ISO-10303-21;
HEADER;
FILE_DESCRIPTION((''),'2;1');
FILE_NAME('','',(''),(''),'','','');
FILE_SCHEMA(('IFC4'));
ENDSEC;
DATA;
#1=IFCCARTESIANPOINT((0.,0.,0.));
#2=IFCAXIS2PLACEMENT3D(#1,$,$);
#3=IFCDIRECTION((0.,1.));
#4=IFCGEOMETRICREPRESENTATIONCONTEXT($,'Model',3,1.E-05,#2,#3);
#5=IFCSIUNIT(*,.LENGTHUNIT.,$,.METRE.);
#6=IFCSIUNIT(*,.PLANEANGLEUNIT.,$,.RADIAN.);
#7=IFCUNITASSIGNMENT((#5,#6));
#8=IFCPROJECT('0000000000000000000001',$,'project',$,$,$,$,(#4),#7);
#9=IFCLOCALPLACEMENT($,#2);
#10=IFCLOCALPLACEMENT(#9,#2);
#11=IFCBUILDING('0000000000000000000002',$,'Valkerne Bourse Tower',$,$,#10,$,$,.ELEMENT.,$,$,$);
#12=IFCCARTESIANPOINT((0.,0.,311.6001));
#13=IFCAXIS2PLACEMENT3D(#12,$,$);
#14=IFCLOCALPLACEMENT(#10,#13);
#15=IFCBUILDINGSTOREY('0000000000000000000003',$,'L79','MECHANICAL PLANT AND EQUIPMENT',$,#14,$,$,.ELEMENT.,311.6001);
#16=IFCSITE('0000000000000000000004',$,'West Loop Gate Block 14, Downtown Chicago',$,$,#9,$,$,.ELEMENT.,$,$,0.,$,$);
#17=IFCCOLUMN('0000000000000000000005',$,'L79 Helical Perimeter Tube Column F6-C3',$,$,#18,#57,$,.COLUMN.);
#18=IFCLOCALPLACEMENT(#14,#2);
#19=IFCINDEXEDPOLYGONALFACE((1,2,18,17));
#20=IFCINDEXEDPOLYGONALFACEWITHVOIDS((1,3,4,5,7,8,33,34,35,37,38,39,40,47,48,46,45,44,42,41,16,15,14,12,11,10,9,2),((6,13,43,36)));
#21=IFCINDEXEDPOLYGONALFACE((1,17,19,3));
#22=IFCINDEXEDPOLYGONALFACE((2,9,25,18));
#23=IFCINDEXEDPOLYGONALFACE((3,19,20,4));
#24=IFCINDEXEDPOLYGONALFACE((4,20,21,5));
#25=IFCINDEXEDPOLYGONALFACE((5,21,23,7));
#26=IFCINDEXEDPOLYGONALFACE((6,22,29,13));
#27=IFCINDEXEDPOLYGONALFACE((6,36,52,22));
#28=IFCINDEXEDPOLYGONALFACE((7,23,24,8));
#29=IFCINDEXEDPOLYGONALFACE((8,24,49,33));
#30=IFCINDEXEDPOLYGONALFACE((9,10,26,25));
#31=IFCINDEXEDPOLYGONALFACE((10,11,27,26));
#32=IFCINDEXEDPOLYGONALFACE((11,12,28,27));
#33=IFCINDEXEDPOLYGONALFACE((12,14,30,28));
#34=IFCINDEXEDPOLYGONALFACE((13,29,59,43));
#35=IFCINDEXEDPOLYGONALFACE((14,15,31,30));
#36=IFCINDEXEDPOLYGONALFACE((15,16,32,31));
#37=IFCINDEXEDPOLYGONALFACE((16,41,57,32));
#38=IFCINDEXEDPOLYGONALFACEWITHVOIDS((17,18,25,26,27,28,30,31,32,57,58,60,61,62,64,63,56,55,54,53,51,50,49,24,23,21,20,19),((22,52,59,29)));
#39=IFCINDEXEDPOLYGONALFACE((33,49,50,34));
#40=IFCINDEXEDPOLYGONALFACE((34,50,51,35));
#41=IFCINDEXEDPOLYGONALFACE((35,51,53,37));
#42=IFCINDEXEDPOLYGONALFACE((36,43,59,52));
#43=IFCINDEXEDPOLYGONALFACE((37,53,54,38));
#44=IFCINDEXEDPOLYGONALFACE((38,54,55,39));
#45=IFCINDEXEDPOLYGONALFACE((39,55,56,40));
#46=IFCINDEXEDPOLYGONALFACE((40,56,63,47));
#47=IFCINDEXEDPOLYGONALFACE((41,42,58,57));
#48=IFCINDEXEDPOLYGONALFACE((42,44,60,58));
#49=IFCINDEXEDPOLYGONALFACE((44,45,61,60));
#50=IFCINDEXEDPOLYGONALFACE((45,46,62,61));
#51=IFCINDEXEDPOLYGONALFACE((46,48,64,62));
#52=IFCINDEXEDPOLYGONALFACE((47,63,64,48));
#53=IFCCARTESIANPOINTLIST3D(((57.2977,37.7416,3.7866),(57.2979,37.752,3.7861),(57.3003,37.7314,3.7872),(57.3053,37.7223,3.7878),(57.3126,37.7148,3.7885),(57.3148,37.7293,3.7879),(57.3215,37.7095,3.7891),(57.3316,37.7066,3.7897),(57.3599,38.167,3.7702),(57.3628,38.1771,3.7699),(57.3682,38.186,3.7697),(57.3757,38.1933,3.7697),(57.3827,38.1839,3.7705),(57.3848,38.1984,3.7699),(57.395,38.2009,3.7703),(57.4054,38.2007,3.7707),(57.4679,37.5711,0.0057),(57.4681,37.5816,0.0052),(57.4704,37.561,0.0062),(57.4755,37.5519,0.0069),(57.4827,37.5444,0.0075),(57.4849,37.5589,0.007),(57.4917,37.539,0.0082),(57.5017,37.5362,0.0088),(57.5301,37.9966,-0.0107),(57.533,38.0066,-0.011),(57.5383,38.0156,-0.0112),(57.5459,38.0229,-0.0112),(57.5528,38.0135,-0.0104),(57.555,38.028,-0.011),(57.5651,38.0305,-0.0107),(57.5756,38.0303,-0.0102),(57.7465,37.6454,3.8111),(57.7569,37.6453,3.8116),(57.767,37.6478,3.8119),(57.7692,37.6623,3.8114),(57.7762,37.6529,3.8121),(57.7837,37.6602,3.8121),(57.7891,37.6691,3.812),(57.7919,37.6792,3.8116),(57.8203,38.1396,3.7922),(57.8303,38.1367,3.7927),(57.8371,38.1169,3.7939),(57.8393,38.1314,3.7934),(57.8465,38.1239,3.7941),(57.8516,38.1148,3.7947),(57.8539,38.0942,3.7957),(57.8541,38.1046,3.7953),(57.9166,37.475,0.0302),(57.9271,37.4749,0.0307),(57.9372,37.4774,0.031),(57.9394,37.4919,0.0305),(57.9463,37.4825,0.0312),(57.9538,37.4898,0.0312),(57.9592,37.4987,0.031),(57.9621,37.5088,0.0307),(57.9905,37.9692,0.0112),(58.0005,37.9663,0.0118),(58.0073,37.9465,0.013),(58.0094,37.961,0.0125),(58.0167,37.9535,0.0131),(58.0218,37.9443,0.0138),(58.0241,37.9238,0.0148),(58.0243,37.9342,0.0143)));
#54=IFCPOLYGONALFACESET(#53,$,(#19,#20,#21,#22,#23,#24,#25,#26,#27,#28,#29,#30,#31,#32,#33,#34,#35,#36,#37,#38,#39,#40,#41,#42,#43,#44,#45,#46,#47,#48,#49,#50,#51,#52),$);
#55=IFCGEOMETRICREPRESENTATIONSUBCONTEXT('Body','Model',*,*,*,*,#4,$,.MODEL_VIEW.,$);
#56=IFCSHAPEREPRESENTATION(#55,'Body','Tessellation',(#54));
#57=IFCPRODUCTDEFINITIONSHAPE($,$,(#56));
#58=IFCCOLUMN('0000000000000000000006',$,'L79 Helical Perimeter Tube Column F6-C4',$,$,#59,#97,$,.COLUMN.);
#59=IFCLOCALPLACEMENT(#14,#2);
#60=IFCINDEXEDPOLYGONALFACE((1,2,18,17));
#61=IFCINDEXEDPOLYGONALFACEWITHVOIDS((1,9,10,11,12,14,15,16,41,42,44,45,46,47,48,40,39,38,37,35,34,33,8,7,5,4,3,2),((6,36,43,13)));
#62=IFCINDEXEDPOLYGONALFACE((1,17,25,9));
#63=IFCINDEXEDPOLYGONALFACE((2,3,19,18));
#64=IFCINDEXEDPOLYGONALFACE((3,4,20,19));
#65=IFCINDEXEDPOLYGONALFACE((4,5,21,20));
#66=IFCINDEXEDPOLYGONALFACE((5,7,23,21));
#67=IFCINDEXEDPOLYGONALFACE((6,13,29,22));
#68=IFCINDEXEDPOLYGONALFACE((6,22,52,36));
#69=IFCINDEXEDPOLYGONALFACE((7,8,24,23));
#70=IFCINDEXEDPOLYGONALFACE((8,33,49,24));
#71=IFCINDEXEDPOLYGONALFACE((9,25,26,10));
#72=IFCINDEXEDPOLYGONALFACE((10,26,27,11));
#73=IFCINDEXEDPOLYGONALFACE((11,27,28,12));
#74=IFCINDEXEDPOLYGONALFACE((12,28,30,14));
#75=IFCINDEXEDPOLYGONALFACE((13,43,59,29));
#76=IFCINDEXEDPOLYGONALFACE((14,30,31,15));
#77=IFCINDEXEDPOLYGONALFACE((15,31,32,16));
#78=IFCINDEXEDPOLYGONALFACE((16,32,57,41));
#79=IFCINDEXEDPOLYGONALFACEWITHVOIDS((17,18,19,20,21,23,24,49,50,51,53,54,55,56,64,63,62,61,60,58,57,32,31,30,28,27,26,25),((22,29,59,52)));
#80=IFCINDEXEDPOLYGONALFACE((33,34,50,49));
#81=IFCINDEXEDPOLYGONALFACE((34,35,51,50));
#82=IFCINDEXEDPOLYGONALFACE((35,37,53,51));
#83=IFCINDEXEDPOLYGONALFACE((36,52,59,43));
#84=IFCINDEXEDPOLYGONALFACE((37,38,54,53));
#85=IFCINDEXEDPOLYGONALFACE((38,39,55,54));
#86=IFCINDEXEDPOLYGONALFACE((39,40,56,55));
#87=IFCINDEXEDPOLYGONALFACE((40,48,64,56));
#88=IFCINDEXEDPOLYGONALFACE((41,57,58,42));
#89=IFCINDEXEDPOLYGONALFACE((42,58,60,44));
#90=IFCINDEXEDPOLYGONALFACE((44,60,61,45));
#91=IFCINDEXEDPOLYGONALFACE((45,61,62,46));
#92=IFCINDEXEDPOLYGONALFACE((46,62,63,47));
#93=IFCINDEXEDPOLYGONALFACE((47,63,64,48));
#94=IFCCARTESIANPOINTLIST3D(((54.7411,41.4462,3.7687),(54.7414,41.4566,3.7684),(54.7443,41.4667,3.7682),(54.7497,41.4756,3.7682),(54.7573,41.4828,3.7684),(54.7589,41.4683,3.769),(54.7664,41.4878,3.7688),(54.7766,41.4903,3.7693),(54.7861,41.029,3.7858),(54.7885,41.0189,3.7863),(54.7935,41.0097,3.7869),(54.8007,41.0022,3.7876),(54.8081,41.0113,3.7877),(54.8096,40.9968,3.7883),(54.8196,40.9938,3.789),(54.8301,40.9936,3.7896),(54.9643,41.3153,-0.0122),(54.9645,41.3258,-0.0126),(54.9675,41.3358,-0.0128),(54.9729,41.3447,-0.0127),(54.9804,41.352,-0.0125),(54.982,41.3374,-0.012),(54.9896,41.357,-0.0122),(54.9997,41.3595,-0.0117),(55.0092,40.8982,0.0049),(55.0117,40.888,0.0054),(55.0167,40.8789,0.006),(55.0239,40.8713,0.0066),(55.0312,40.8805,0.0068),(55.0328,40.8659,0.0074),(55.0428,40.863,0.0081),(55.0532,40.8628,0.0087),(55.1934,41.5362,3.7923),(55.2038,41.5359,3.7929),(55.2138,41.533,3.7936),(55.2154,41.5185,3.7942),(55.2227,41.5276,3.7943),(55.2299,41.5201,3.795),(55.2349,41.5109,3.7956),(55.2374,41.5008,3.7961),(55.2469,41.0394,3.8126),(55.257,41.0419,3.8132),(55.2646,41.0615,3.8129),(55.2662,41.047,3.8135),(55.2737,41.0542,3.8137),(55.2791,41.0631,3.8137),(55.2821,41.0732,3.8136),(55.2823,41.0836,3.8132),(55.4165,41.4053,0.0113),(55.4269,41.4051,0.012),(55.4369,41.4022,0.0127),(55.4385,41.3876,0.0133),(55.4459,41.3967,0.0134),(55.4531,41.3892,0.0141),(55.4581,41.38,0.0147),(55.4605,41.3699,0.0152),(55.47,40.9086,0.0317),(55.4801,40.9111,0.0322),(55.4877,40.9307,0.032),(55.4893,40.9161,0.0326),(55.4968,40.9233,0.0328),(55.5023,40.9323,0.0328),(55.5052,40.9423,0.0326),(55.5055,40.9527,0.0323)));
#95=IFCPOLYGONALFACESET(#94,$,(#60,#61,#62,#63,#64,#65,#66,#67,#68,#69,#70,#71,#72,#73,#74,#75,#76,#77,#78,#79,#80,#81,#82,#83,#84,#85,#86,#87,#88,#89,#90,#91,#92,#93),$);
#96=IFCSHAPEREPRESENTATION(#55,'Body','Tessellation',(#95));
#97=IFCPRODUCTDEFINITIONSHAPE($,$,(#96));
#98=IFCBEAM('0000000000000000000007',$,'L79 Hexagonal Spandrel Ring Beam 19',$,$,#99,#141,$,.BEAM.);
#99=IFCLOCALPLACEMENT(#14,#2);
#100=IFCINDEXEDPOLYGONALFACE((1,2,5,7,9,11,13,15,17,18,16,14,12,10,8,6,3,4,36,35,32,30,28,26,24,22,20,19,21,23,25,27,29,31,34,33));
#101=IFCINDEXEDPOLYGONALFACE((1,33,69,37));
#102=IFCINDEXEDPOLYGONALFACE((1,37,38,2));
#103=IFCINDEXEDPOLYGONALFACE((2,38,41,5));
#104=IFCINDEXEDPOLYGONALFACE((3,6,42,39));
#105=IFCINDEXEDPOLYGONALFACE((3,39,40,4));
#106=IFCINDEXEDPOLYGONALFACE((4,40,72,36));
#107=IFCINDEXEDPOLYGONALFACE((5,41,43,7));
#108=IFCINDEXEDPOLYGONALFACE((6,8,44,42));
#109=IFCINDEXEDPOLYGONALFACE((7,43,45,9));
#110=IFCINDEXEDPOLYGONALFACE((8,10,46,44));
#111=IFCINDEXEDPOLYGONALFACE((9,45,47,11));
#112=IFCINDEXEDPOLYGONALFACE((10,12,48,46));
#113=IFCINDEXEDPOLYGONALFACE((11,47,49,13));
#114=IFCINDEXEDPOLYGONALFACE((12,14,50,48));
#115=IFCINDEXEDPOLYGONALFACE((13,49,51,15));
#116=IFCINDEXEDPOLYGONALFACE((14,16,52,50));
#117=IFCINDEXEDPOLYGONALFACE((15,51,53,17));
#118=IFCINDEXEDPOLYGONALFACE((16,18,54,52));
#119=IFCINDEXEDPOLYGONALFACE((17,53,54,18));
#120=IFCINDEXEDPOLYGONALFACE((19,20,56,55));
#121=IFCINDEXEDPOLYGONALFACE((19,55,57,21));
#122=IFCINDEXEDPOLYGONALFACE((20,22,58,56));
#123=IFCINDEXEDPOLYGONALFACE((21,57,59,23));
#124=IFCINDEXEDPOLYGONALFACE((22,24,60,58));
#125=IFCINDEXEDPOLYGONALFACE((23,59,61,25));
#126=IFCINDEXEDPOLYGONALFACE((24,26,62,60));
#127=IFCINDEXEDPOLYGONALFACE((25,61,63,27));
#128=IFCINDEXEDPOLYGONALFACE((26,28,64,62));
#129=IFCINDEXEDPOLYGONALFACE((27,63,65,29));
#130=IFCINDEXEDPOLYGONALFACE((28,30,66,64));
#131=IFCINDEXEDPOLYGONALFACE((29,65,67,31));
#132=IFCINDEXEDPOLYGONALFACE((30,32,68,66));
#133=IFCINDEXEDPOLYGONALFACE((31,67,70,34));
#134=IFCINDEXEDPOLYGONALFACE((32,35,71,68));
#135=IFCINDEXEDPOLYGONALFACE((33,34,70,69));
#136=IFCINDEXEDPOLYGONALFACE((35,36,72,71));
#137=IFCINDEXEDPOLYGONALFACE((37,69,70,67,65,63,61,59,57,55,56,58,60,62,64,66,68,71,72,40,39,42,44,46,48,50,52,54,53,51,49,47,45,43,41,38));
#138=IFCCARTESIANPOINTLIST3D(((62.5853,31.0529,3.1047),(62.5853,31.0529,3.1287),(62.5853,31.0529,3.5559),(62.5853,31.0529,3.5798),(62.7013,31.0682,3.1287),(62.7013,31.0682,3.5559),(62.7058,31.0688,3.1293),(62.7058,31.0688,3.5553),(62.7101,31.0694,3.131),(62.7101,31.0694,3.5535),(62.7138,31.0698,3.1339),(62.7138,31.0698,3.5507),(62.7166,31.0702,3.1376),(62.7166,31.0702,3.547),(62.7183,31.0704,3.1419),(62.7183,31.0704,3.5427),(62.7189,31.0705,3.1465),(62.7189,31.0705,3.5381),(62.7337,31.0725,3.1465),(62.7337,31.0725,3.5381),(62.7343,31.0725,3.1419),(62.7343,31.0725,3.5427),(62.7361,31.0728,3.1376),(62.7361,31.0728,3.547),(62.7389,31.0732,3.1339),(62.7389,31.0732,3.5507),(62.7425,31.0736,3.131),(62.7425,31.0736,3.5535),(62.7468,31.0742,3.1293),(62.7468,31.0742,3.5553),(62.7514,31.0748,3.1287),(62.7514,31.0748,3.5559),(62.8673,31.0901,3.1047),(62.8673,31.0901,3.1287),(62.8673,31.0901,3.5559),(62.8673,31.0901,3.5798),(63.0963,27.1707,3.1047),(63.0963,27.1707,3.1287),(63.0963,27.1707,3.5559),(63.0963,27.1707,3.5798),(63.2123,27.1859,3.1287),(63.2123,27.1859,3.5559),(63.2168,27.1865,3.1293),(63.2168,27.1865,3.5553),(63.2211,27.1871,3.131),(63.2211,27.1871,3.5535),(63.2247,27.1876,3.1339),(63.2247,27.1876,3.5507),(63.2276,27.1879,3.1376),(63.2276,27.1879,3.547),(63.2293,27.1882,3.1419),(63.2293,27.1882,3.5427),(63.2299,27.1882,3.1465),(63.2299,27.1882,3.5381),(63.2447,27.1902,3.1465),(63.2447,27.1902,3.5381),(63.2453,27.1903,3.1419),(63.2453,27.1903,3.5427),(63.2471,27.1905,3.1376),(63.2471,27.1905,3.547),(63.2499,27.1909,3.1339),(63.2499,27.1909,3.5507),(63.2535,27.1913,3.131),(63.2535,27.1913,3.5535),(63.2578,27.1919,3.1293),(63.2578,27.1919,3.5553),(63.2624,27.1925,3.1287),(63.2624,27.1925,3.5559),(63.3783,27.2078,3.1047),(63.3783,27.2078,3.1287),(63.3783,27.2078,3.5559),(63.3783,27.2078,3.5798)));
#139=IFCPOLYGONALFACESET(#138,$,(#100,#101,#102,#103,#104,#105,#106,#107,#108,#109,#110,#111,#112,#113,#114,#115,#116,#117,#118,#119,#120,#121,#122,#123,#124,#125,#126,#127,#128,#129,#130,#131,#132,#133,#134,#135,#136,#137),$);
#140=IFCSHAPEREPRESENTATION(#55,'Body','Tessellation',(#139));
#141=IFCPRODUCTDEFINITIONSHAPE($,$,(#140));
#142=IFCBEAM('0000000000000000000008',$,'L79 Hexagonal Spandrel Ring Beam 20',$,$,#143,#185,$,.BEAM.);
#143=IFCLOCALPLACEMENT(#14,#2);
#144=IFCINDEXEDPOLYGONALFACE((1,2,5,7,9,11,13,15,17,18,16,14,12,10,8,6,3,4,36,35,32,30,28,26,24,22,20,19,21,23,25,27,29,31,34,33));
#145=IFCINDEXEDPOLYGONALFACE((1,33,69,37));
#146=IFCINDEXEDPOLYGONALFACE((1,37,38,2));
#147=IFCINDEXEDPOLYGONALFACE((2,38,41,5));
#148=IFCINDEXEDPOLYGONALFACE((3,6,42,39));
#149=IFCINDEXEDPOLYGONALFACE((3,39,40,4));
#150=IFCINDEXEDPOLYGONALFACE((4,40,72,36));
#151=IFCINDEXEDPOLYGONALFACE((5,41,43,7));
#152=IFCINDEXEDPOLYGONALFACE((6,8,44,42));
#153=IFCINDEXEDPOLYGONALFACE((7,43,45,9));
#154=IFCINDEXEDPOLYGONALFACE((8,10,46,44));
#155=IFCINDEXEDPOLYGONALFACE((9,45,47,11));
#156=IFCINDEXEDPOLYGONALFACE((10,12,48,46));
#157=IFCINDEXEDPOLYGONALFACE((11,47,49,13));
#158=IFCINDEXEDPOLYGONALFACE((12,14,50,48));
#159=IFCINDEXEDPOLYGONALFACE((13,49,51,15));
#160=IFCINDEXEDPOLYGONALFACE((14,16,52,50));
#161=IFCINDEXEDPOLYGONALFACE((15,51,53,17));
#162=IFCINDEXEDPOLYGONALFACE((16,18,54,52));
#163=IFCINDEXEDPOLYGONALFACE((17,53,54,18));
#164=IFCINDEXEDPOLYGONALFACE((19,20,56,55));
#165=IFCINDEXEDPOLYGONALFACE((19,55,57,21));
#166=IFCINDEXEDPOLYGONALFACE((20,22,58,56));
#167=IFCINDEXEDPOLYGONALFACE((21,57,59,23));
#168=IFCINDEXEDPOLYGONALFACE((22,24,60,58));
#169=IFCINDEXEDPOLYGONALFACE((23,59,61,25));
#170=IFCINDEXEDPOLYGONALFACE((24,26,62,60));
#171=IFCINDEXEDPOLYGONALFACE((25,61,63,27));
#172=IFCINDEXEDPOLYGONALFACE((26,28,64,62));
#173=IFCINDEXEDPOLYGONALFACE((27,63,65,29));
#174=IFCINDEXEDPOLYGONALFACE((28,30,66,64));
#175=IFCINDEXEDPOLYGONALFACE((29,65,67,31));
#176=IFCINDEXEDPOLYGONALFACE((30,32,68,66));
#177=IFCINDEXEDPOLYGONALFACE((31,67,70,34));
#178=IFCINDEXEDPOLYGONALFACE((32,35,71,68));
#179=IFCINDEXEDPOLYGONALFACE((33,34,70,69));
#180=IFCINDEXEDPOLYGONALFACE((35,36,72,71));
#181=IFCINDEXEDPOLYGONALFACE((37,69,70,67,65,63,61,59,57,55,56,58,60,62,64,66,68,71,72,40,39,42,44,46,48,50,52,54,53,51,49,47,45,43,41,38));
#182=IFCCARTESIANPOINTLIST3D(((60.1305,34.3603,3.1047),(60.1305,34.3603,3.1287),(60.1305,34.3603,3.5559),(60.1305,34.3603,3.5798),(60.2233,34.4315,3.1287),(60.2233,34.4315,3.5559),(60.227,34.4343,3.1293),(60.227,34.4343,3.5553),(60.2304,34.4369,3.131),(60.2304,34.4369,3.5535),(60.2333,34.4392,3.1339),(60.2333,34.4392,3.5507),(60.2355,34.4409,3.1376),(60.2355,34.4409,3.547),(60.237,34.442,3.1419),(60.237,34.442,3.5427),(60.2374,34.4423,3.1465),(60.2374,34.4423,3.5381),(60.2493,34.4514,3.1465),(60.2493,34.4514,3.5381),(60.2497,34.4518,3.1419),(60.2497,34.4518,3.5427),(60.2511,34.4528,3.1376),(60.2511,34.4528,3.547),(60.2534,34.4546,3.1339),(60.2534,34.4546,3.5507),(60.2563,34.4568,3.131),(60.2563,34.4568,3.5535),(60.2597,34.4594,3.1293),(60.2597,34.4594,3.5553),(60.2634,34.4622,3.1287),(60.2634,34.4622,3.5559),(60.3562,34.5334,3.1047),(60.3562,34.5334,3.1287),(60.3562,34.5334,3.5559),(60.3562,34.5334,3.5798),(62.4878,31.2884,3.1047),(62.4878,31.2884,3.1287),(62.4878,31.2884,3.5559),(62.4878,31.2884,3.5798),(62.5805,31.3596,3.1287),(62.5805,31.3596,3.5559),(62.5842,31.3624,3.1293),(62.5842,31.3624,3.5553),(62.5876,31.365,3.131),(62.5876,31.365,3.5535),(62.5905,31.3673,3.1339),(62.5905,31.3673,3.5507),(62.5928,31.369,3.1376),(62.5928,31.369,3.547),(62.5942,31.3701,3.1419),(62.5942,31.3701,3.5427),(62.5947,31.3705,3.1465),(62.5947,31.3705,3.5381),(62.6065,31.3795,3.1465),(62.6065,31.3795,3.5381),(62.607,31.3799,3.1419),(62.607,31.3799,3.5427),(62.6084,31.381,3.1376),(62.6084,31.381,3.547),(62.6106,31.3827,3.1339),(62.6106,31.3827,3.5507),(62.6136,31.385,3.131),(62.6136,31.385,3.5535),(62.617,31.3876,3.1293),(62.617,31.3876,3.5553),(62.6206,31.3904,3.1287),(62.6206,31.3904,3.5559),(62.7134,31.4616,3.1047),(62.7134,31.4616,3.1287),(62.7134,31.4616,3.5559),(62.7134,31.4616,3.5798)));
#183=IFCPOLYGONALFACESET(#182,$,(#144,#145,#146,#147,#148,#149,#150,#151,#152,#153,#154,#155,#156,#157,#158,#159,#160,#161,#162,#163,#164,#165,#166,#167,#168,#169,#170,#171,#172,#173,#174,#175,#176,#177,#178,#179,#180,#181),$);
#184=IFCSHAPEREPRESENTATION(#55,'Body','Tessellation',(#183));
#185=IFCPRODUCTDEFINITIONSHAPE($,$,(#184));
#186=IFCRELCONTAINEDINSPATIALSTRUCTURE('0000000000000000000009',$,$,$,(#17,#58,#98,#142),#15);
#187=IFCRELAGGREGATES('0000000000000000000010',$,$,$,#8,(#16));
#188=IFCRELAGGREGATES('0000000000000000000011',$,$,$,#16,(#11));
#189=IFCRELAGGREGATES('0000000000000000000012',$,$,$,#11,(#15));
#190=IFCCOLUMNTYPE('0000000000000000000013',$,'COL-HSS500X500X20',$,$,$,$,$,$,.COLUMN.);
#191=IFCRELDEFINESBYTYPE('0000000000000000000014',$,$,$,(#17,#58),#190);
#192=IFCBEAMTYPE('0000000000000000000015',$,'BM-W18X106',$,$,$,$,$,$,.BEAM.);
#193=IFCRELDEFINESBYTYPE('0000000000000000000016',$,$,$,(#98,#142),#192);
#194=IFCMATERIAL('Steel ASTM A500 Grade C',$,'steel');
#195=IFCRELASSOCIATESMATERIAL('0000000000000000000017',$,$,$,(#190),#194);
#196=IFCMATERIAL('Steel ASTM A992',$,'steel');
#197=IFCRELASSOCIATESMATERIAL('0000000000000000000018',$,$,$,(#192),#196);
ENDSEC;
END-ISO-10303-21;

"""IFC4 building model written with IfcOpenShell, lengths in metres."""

from ifc_helpers import new_model, si_unit, direction, frame, origin, origin_2d, place, context, subcontext, project, spatial, hollow_rectangle, i_section, extrude, material, material_profile, profile_set, type_object, element, save


model = new_model("IFC4")

# Units and contexts
model_context = context("Model", 3, precision=1e-05, world=origin(), true_north=direction((0.0, 1.0)))
body_context = subcontext(model_context, "Body", "Model", "MODEL_VIEW")
ifc_project = project(units=[si_unit("LENGTHUNIT", "METRE"), si_unit("PLANEANGLEUNIT", "RADIAN")], contexts=[model_context])

# Site, building, storey
site_placement = place(None, origin())
site = spatial("IfcSite", under=ifc_project, at=site_placement, Name="West Loop Gate Block 14, Downtown Chicago", CompositionType="ELEMENT", RefElevation=0.0)
building_placement = place(site_placement, origin())
building = spatial("IfcBuilding", under=site, at=building_placement, Name="Valkerne Bourse Tower", CompositionType="ELEMENT")
storey_placement = place(building_placement, frame((0.0, 0.0, 311.6001)))
storey = spatial("IfcBuildingStorey", under=building, at=storey_placement, Name="L79", Description="MECHANICAL PLANT AND EQUIPMENT", CompositionType="ELEMENT", Elevation=311.6001)

# Columns
ifc_material_1 = material(Name="Steel ASTM A500 Grade C", Category="steel")
ifc_material_profile_1 = material_profile(ifc_material_1, hollow_rectangle(XDim=0.5, YDim=0.5, WallThickness=0.02, OuterFilletRadius=0.04, at=origin_2d()), Name="HSS500X500X20")
ifc_profile_set_1 = profile_set([ifc_material_profile_1], Name="Steel ASTM A500 Grade C")
column_type_1 = type_object("IfcColumnType", Name="COL-HSS500X500X20", PredefinedType="COLUMN", material=ifc_profile_set_1)
for number, where, z_axis, x_axis, name in (
    (1, (57.7461, 37.7527, 0.01), (-0.044914, 0.044979, 0.997978), (0.98802, -0.145643, 0.05103), "L79 Helical Perimeter Tube Column F6-C3"),
):
    element("IfcColumn", number, at=place(storey_placement, frame(where, z_axis=z_axis, x_axis=x_axis)), inside=storey, type_object=column_type_1, Name=name, PredefinedType="COLUMN", context=body_context, shape_type="SweptSolid", body=[
        extrude(hollow_rectangle(XDim=0.5, YDim=0.5, WallThickness=0.02, OuterFilletRadius=0.04, at=origin_2d()), origin(), (0.0, 0.0, 1.0), 3.7886),
    ])
column_1_placement = place(storey_placement, frame((55.2349, 41.134, 0.01), z_axis=(-0.05888, 0.034529, 0.997668), x_axis=(0.992515, 0.109141, 0.054798)))
element("IfcColumn", 2, at=column_1_placement, inside=storey, type_object=column_type_1, Name="L79 Helical Perimeter Tube Column F6-C4", PredefinedType="COLUMN", context=body_context, shape_type="SweptSolid", body=[
    extrude(hollow_rectangle(XDim=0.5, YDim=0.5, WallThickness=0.02, OuterFilletRadius=0.04, at=origin_2d()), origin(), (0.0, 0.0, 1.0), 3.7898),
])

# Beams
ifc_material_2 = material(Name="Steel ASTM A992", Category="steel")
ifc_material_profile_2 = material_profile(ifc_material_2, i_section(OverallWidth=0.2844, OverallDepth=0.4751, WebThickness=0.0149, FlangeThickness=0.0239, FilletRadius=0.0178, at=origin_2d()), Name="W18X106")
ifc_profile_set_2 = profile_set([ifc_material_profile_2], Name="Steel ASTM A992")
beam_type_1 = type_object("IfcBeamType", Name="BM-W18X106", PredefinedType="BEAM", material=ifc_profile_set_2)
beam_1_placement = place(storey_placement, frame((63.2373, 27.1892, 3.3423), z_axis=(-0.130493, 0.991449, 0.0), x_axis=(-0.991449, -0.130493, 0.0)))
element("IfcBeam", 3, at=beam_1_placement, inside=storey, type_object=beam_type_1, Name="L79 Hexagonal Spandrel Ring Beam 19", PredefinedType="BEAM", context=body_context, shape_type="SweptSolid", body=[
    extrude(i_section(OverallWidth=0.2844, OverallDepth=0.4751, WebThickness=0.0149, FlangeThickness=0.0239, FilletRadius=0.0178, at=origin_2d()), origin(), (0.0, 0.0, 1.0), 3.9158),
])
for number, where, z_axis, x_axis, name in (
    (4, (62.6006, 31.375, 3.3423), (-0.608781, 0.793338, 0.0), (-0.793338, -0.608781, 0.0), "L79 Hexagonal Spandrel Ring Beam 20"),
):
    element("IfcBeam", number, at=place(storey_placement, frame(where, z_axis=z_axis, x_axis=x_axis)), inside=storey, type_object=beam_type_1, Name=name, PredefinedType="BEAM", context=body_context, shape_type="SweptSolid", body=[
        extrude(i_section(OverallWidth=0.2844, OverallDepth=0.4751, WebThickness=0.0149, FlangeThickness=0.0239, FilletRadius=0.0178, at=origin_2d()), origin(), (0.0, 0.0, 1.0), 3.8721),
    ])

save(model, "model.ifc")
